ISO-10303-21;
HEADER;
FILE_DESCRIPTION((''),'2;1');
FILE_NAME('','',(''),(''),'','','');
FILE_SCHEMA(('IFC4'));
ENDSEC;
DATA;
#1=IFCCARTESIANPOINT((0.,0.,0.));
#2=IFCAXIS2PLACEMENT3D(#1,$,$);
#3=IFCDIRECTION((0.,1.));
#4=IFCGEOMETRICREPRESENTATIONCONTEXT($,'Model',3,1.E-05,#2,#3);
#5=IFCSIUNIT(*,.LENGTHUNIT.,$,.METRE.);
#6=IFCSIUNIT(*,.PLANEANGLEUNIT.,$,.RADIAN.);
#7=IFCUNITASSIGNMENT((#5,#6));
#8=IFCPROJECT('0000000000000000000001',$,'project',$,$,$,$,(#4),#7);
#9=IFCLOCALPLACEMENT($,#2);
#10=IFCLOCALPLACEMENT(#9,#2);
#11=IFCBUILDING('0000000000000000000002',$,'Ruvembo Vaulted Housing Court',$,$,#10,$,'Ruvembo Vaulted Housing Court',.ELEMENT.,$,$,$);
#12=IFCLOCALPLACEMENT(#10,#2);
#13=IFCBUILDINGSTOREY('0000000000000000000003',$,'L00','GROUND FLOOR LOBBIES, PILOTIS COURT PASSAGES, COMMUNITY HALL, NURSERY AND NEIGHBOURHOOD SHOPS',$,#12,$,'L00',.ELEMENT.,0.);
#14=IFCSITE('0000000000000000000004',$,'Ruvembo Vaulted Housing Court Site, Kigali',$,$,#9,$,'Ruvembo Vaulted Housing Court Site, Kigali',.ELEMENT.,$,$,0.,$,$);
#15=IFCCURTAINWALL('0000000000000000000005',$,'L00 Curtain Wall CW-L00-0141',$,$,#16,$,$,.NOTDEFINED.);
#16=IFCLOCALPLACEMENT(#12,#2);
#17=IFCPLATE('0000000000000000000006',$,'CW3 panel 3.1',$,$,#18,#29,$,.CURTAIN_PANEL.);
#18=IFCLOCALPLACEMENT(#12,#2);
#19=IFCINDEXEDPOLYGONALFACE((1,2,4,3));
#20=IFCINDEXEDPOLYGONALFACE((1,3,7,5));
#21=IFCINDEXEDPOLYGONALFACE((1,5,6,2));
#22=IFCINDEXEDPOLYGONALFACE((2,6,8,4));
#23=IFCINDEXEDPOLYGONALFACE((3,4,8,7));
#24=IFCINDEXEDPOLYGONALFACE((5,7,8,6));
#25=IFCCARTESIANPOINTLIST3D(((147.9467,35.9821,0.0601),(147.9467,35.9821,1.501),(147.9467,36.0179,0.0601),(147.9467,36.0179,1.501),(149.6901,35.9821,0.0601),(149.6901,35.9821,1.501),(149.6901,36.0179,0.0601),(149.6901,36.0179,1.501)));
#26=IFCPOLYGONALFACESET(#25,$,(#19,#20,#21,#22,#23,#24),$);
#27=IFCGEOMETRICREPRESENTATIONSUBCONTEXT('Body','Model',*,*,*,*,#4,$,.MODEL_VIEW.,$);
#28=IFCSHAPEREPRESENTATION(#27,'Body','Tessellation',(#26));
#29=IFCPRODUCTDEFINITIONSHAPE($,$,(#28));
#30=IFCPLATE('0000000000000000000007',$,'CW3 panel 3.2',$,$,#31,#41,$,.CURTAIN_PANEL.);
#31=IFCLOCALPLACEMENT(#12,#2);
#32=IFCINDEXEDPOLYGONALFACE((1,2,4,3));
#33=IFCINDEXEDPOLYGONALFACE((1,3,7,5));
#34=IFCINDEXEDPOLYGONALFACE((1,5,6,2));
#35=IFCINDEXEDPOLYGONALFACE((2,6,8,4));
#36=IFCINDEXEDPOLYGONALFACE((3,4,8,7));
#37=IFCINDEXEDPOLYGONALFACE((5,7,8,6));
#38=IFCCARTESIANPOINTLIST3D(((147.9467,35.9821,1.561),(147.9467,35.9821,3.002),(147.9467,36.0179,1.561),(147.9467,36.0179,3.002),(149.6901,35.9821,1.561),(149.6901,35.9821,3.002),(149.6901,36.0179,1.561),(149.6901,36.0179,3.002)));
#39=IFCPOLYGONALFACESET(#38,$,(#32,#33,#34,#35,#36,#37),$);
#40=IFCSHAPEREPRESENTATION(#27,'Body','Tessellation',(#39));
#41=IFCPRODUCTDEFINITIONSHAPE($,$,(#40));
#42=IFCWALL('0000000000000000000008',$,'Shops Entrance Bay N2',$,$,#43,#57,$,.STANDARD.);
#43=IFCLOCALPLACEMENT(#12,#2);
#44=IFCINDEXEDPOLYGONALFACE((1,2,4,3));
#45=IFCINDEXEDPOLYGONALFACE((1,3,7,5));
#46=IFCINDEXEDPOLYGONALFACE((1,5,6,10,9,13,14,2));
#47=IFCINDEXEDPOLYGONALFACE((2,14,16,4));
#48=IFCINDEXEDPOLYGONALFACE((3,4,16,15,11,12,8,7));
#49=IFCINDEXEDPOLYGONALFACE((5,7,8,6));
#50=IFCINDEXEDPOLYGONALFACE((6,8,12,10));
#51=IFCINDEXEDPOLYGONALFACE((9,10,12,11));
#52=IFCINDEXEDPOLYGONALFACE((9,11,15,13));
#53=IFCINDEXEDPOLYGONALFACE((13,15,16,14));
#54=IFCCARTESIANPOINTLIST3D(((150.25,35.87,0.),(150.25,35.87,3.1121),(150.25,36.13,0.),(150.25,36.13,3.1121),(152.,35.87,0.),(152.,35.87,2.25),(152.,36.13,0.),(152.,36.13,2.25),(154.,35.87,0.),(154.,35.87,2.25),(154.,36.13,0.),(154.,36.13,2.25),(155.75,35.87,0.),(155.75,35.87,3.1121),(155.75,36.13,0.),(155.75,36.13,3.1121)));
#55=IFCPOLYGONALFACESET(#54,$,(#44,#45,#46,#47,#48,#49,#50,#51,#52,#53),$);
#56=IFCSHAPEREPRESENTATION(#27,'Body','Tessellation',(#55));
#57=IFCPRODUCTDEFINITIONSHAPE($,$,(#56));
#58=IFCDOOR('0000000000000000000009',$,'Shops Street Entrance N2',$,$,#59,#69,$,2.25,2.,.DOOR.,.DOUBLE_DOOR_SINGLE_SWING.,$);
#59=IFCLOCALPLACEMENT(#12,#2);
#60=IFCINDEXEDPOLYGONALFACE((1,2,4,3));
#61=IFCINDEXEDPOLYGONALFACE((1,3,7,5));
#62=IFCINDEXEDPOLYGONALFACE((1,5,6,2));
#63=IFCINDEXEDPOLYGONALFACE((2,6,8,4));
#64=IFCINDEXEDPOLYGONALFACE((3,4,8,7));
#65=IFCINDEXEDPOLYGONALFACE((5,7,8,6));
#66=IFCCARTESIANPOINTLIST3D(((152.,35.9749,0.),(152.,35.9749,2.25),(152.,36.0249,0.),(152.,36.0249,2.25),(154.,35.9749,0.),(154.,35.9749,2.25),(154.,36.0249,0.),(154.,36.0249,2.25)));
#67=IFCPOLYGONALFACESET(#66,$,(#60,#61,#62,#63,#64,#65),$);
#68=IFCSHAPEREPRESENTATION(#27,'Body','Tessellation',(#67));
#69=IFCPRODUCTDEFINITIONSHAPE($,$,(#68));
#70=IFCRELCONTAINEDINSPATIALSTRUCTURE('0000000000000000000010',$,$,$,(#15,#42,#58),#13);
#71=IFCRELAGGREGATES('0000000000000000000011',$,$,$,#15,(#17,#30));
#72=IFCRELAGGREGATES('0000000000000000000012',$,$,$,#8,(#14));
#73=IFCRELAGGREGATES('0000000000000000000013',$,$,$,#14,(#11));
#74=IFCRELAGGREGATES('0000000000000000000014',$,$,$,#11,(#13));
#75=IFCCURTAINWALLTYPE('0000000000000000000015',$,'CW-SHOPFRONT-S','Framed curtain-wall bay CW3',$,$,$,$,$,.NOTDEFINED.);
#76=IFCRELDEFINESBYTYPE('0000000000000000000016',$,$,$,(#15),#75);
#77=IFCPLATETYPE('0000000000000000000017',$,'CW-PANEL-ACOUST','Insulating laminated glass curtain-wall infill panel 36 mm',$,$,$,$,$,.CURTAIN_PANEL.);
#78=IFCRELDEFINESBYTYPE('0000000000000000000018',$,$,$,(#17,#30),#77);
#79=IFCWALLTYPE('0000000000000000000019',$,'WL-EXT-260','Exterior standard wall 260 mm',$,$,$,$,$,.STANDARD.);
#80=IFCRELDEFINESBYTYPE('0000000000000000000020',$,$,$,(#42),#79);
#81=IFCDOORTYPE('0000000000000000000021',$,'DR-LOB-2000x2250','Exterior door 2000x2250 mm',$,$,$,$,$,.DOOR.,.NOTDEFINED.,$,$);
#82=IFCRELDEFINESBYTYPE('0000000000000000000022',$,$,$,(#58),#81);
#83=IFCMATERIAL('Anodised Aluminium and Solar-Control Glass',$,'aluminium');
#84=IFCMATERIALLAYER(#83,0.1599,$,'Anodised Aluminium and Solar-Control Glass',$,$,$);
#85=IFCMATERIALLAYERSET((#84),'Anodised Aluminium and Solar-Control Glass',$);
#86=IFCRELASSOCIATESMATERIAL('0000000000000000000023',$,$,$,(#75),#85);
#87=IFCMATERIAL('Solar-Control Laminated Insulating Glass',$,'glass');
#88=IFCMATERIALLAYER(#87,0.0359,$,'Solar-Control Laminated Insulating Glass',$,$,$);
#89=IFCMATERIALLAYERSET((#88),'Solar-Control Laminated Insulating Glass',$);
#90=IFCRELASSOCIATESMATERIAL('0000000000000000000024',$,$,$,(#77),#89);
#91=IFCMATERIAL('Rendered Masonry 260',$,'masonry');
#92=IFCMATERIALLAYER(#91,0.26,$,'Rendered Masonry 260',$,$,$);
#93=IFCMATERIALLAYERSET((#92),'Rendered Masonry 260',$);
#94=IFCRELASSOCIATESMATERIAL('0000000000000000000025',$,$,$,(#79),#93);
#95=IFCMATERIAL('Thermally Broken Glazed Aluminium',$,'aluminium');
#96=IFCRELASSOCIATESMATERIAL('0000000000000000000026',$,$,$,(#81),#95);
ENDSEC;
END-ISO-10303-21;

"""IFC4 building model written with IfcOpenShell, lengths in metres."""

from ifc_helpers import new_model, si_unit, direction, frame, frame_2d, origin, origin_2d, place, context, subcontext, project, spatial, rectangle, extrude, material, layer, layer_set, type_object, element, fill, aggregate, save


model = new_model("IFC4")

# Units and contexts
model_context = context("Model", 3, precision=1e-05, world=origin(), true_north=direction((0.0, 1.0)))
body_context = subcontext(model_context, "Body", "Model", "MODEL_VIEW")
ifc_project = project(units=[si_unit("LENGTHUNIT", "METRE"), si_unit("PLANEANGLEUNIT", "RADIAN")], contexts=[model_context])

# Site, building, storey
site_placement = place(None, origin())
site = spatial("IfcSite", under=ifc_project, at=site_placement, Name="Ruvembo Vaulted Housing Court Site, Kigali", LongName="Ruvembo Vaulted Housing Court Site, Kigali", CompositionType="ELEMENT", RefElevation=0.0)
building_placement = place(site_placement, origin())
building = spatial("IfcBuilding", under=site, at=building_placement, Name="Ruvembo Vaulted Housing Court", LongName="Ruvembo Vaulted Housing Court", CompositionType="ELEMENT")
storey_placement = place(building_placement, origin())
storey = spatial("IfcBuildingStorey", under=building, at=storey_placement, Name="L00", Description="GROUND FLOOR LOBBIES, PILOTIS COURT PASSAGES, COMMUNITY HALL, NURSERY AND NEIGHBOURHOOD SHOPS", LongName="L00", CompositionType="ELEMENT", Elevation=0.0)

# Shared definitions
ifc_material_1 = material(Name="Anodised Aluminium and Solar-Control Glass", Category="aluminium")
ifc_layer_1 = layer(ifc_material_1, 0.1599, Name="Anodised Aluminium and Solar-Control Glass")
ifc_layer_set_1 = layer_set([ifc_layer_1], Name="Anodised Aluminium and Solar-Control Glass")
curtain_wall_type = type_object("IfcCurtainWallType", Name="CW-SHOPFRONT-S", Description="Framed curtain-wall bay CW3", PredefinedType="NOTDEFINED", material=ifc_layer_set_1)

# Curtain wall
curtain_wall_1_placement = place(storey_placement, origin())
curtain_wall_1 = element("IfcCurtainWall", 1, at=curtain_wall_1_placement, inside=storey, type_object=curtain_wall_type, Name="L00 Curtain Wall CW-L00-0141", PredefinedType="NOTDEFINED")

# Plates
ifc_material_2 = material(Name="Solar-Control Laminated Insulating Glass", Category="glass")
ifc_layer_2 = layer(ifc_material_2, 0.0359, Name="Solar-Control Laminated Insulating Glass")
ifc_layer_set_2 = layer_set([ifc_layer_2], Name="Solar-Control Laminated Insulating Glass")
plate_type = type_object("IfcPlateType", Name="CW-PANEL-ACOUST", Description="Insulating laminated glass curtain-wall infill panel 36 mm", PredefinedType="CURTAIN_PANEL", material=ifc_layer_set_2)
plate_1_placement = place(storey_placement, frame((148.8184, 36.0, 0.0601), z_axis=(0.0, 0.0, 1.0), x_axis=(1.0, 0.0, 0.0)))
plate_1 = element("IfcPlate", 2, at=plate_1_placement, type_object=plate_type, Name="CW3 panel 3.1", PredefinedType="CURTAIN_PANEL", context=body_context, shape_type="SweptSolid", body=[
    extrude(rectangle(XDim=1.7434, YDim=0.0359, at=origin_2d()), origin(), (0.0, 0.0, 1.0), 1.4409),
])
plate_2_placement = place(storey_placement, frame((148.8184, 36.0, 1.561), z_axis=(0.0, 0.0, 1.0), x_axis=(1.0, 0.0, 0.0)))
plate_2 = element("IfcPlate", 3, at=plate_2_placement, type_object=plate_type, Name="CW3 panel 3.2", PredefinedType="CURTAIN_PANEL", context=body_context, shape_type="SweptSolid", body=[
    extrude(rectangle(XDim=1.7434, YDim=0.0359, at=origin_2d()), origin(), (0.0, 0.0, 1.0), 1.4409),
])
aggregate(curtain_wall_1, [plate_1, plate_2])

# Wall, opening, door
ifc_material_3 = material(Name="Rendered Masonry 260", Category="masonry")
ifc_layer_3 = layer(ifc_material_3, 0.26, Name="Rendered Masonry 260")
ifc_layer_set_3 = layer_set([ifc_layer_3], Name="Rendered Masonry 260")
wall_type = type_object("IfcWallType", Name="WL-EXT-260", Description="Exterior standard wall 260 mm", PredefinedType="STANDARD", material=ifc_layer_set_3)
wall_placement = place(storey_placement, frame((155.75, 36.0, 0.0), z_axis=(0.0, 0.0, 1.0), x_axis=(-1.0, 0.0, 0.0)))
wall = element("IfcWall", 4, at=wall_placement, inside=storey, type_object=wall_type, Name="Shops Entrance Bay N2", PredefinedType="STANDARD", context=body_context, shape_type="SweptSolid", body=[
    extrude(rectangle(XDim=5.5, YDim=0.26, at=frame_2d((2.75, 0.0))), origin(), (0.0, 0.0, 1.0), 3.1121),
])
opening_placement = place(wall_placement, frame((1.75, 0.0, 0.0)))
opening = element("IfcOpeningElement", 5, at=opening_placement, cuts=wall, PredefinedType="OPENING", context=body_context, shape_type="SweptSolid", body=[
    extrude(rectangle(XDim=2.0, YDim=2.25, at=frame_2d((1.0, 1.125))), frame((0.0, 0.1399, 0.0), z_axis=(0.0, -1.0, 0.0), x_axis=(1.0, 0.0, 0.0)), (0.0, 0.0, 1.0), 0.28),
])
ifc_material_4 = material(Name="Thermally Broken Glazed Aluminium", Category="aluminium")
door_type = type_object("IfcDoorType", Name="DR-LOB-2000x2250", Description="Exterior door 2000x2250 mm", OperationType="NOTDEFINED", PredefinedType="DOOR", material=ifc_material_4)
door_placement = place(opening_placement, frame((2.0, 0.0, 0.0), z_axis=(0.0, 0.0, 1.0), x_axis=(-1.0, 0.0, 0.0)))
door = element("IfcDoor", 6, at=door_placement, inside=storey, type_object=door_type, Name="Shops Street Entrance N2", OperationType="DOUBLE_DOOR_SINGLE_SWING", OverallHeight=2.25, OverallWidth=2.0, PredefinedType="DOOR", context=body_context, shape_type="SweptSolid", body=[
    extrude(rectangle(XDim=2.0, YDim=2.25, at=frame_2d((1.0, 1.125))), frame((0.0, 0.0249, 0.0), z_axis=(0.0, -1.0, 0.0), x_axis=(1.0, 0.0, 0.0)), (0.0, 0.0, 1.0), 0.05),
])
fill(opening, door)

save(model, "model.ifc")
